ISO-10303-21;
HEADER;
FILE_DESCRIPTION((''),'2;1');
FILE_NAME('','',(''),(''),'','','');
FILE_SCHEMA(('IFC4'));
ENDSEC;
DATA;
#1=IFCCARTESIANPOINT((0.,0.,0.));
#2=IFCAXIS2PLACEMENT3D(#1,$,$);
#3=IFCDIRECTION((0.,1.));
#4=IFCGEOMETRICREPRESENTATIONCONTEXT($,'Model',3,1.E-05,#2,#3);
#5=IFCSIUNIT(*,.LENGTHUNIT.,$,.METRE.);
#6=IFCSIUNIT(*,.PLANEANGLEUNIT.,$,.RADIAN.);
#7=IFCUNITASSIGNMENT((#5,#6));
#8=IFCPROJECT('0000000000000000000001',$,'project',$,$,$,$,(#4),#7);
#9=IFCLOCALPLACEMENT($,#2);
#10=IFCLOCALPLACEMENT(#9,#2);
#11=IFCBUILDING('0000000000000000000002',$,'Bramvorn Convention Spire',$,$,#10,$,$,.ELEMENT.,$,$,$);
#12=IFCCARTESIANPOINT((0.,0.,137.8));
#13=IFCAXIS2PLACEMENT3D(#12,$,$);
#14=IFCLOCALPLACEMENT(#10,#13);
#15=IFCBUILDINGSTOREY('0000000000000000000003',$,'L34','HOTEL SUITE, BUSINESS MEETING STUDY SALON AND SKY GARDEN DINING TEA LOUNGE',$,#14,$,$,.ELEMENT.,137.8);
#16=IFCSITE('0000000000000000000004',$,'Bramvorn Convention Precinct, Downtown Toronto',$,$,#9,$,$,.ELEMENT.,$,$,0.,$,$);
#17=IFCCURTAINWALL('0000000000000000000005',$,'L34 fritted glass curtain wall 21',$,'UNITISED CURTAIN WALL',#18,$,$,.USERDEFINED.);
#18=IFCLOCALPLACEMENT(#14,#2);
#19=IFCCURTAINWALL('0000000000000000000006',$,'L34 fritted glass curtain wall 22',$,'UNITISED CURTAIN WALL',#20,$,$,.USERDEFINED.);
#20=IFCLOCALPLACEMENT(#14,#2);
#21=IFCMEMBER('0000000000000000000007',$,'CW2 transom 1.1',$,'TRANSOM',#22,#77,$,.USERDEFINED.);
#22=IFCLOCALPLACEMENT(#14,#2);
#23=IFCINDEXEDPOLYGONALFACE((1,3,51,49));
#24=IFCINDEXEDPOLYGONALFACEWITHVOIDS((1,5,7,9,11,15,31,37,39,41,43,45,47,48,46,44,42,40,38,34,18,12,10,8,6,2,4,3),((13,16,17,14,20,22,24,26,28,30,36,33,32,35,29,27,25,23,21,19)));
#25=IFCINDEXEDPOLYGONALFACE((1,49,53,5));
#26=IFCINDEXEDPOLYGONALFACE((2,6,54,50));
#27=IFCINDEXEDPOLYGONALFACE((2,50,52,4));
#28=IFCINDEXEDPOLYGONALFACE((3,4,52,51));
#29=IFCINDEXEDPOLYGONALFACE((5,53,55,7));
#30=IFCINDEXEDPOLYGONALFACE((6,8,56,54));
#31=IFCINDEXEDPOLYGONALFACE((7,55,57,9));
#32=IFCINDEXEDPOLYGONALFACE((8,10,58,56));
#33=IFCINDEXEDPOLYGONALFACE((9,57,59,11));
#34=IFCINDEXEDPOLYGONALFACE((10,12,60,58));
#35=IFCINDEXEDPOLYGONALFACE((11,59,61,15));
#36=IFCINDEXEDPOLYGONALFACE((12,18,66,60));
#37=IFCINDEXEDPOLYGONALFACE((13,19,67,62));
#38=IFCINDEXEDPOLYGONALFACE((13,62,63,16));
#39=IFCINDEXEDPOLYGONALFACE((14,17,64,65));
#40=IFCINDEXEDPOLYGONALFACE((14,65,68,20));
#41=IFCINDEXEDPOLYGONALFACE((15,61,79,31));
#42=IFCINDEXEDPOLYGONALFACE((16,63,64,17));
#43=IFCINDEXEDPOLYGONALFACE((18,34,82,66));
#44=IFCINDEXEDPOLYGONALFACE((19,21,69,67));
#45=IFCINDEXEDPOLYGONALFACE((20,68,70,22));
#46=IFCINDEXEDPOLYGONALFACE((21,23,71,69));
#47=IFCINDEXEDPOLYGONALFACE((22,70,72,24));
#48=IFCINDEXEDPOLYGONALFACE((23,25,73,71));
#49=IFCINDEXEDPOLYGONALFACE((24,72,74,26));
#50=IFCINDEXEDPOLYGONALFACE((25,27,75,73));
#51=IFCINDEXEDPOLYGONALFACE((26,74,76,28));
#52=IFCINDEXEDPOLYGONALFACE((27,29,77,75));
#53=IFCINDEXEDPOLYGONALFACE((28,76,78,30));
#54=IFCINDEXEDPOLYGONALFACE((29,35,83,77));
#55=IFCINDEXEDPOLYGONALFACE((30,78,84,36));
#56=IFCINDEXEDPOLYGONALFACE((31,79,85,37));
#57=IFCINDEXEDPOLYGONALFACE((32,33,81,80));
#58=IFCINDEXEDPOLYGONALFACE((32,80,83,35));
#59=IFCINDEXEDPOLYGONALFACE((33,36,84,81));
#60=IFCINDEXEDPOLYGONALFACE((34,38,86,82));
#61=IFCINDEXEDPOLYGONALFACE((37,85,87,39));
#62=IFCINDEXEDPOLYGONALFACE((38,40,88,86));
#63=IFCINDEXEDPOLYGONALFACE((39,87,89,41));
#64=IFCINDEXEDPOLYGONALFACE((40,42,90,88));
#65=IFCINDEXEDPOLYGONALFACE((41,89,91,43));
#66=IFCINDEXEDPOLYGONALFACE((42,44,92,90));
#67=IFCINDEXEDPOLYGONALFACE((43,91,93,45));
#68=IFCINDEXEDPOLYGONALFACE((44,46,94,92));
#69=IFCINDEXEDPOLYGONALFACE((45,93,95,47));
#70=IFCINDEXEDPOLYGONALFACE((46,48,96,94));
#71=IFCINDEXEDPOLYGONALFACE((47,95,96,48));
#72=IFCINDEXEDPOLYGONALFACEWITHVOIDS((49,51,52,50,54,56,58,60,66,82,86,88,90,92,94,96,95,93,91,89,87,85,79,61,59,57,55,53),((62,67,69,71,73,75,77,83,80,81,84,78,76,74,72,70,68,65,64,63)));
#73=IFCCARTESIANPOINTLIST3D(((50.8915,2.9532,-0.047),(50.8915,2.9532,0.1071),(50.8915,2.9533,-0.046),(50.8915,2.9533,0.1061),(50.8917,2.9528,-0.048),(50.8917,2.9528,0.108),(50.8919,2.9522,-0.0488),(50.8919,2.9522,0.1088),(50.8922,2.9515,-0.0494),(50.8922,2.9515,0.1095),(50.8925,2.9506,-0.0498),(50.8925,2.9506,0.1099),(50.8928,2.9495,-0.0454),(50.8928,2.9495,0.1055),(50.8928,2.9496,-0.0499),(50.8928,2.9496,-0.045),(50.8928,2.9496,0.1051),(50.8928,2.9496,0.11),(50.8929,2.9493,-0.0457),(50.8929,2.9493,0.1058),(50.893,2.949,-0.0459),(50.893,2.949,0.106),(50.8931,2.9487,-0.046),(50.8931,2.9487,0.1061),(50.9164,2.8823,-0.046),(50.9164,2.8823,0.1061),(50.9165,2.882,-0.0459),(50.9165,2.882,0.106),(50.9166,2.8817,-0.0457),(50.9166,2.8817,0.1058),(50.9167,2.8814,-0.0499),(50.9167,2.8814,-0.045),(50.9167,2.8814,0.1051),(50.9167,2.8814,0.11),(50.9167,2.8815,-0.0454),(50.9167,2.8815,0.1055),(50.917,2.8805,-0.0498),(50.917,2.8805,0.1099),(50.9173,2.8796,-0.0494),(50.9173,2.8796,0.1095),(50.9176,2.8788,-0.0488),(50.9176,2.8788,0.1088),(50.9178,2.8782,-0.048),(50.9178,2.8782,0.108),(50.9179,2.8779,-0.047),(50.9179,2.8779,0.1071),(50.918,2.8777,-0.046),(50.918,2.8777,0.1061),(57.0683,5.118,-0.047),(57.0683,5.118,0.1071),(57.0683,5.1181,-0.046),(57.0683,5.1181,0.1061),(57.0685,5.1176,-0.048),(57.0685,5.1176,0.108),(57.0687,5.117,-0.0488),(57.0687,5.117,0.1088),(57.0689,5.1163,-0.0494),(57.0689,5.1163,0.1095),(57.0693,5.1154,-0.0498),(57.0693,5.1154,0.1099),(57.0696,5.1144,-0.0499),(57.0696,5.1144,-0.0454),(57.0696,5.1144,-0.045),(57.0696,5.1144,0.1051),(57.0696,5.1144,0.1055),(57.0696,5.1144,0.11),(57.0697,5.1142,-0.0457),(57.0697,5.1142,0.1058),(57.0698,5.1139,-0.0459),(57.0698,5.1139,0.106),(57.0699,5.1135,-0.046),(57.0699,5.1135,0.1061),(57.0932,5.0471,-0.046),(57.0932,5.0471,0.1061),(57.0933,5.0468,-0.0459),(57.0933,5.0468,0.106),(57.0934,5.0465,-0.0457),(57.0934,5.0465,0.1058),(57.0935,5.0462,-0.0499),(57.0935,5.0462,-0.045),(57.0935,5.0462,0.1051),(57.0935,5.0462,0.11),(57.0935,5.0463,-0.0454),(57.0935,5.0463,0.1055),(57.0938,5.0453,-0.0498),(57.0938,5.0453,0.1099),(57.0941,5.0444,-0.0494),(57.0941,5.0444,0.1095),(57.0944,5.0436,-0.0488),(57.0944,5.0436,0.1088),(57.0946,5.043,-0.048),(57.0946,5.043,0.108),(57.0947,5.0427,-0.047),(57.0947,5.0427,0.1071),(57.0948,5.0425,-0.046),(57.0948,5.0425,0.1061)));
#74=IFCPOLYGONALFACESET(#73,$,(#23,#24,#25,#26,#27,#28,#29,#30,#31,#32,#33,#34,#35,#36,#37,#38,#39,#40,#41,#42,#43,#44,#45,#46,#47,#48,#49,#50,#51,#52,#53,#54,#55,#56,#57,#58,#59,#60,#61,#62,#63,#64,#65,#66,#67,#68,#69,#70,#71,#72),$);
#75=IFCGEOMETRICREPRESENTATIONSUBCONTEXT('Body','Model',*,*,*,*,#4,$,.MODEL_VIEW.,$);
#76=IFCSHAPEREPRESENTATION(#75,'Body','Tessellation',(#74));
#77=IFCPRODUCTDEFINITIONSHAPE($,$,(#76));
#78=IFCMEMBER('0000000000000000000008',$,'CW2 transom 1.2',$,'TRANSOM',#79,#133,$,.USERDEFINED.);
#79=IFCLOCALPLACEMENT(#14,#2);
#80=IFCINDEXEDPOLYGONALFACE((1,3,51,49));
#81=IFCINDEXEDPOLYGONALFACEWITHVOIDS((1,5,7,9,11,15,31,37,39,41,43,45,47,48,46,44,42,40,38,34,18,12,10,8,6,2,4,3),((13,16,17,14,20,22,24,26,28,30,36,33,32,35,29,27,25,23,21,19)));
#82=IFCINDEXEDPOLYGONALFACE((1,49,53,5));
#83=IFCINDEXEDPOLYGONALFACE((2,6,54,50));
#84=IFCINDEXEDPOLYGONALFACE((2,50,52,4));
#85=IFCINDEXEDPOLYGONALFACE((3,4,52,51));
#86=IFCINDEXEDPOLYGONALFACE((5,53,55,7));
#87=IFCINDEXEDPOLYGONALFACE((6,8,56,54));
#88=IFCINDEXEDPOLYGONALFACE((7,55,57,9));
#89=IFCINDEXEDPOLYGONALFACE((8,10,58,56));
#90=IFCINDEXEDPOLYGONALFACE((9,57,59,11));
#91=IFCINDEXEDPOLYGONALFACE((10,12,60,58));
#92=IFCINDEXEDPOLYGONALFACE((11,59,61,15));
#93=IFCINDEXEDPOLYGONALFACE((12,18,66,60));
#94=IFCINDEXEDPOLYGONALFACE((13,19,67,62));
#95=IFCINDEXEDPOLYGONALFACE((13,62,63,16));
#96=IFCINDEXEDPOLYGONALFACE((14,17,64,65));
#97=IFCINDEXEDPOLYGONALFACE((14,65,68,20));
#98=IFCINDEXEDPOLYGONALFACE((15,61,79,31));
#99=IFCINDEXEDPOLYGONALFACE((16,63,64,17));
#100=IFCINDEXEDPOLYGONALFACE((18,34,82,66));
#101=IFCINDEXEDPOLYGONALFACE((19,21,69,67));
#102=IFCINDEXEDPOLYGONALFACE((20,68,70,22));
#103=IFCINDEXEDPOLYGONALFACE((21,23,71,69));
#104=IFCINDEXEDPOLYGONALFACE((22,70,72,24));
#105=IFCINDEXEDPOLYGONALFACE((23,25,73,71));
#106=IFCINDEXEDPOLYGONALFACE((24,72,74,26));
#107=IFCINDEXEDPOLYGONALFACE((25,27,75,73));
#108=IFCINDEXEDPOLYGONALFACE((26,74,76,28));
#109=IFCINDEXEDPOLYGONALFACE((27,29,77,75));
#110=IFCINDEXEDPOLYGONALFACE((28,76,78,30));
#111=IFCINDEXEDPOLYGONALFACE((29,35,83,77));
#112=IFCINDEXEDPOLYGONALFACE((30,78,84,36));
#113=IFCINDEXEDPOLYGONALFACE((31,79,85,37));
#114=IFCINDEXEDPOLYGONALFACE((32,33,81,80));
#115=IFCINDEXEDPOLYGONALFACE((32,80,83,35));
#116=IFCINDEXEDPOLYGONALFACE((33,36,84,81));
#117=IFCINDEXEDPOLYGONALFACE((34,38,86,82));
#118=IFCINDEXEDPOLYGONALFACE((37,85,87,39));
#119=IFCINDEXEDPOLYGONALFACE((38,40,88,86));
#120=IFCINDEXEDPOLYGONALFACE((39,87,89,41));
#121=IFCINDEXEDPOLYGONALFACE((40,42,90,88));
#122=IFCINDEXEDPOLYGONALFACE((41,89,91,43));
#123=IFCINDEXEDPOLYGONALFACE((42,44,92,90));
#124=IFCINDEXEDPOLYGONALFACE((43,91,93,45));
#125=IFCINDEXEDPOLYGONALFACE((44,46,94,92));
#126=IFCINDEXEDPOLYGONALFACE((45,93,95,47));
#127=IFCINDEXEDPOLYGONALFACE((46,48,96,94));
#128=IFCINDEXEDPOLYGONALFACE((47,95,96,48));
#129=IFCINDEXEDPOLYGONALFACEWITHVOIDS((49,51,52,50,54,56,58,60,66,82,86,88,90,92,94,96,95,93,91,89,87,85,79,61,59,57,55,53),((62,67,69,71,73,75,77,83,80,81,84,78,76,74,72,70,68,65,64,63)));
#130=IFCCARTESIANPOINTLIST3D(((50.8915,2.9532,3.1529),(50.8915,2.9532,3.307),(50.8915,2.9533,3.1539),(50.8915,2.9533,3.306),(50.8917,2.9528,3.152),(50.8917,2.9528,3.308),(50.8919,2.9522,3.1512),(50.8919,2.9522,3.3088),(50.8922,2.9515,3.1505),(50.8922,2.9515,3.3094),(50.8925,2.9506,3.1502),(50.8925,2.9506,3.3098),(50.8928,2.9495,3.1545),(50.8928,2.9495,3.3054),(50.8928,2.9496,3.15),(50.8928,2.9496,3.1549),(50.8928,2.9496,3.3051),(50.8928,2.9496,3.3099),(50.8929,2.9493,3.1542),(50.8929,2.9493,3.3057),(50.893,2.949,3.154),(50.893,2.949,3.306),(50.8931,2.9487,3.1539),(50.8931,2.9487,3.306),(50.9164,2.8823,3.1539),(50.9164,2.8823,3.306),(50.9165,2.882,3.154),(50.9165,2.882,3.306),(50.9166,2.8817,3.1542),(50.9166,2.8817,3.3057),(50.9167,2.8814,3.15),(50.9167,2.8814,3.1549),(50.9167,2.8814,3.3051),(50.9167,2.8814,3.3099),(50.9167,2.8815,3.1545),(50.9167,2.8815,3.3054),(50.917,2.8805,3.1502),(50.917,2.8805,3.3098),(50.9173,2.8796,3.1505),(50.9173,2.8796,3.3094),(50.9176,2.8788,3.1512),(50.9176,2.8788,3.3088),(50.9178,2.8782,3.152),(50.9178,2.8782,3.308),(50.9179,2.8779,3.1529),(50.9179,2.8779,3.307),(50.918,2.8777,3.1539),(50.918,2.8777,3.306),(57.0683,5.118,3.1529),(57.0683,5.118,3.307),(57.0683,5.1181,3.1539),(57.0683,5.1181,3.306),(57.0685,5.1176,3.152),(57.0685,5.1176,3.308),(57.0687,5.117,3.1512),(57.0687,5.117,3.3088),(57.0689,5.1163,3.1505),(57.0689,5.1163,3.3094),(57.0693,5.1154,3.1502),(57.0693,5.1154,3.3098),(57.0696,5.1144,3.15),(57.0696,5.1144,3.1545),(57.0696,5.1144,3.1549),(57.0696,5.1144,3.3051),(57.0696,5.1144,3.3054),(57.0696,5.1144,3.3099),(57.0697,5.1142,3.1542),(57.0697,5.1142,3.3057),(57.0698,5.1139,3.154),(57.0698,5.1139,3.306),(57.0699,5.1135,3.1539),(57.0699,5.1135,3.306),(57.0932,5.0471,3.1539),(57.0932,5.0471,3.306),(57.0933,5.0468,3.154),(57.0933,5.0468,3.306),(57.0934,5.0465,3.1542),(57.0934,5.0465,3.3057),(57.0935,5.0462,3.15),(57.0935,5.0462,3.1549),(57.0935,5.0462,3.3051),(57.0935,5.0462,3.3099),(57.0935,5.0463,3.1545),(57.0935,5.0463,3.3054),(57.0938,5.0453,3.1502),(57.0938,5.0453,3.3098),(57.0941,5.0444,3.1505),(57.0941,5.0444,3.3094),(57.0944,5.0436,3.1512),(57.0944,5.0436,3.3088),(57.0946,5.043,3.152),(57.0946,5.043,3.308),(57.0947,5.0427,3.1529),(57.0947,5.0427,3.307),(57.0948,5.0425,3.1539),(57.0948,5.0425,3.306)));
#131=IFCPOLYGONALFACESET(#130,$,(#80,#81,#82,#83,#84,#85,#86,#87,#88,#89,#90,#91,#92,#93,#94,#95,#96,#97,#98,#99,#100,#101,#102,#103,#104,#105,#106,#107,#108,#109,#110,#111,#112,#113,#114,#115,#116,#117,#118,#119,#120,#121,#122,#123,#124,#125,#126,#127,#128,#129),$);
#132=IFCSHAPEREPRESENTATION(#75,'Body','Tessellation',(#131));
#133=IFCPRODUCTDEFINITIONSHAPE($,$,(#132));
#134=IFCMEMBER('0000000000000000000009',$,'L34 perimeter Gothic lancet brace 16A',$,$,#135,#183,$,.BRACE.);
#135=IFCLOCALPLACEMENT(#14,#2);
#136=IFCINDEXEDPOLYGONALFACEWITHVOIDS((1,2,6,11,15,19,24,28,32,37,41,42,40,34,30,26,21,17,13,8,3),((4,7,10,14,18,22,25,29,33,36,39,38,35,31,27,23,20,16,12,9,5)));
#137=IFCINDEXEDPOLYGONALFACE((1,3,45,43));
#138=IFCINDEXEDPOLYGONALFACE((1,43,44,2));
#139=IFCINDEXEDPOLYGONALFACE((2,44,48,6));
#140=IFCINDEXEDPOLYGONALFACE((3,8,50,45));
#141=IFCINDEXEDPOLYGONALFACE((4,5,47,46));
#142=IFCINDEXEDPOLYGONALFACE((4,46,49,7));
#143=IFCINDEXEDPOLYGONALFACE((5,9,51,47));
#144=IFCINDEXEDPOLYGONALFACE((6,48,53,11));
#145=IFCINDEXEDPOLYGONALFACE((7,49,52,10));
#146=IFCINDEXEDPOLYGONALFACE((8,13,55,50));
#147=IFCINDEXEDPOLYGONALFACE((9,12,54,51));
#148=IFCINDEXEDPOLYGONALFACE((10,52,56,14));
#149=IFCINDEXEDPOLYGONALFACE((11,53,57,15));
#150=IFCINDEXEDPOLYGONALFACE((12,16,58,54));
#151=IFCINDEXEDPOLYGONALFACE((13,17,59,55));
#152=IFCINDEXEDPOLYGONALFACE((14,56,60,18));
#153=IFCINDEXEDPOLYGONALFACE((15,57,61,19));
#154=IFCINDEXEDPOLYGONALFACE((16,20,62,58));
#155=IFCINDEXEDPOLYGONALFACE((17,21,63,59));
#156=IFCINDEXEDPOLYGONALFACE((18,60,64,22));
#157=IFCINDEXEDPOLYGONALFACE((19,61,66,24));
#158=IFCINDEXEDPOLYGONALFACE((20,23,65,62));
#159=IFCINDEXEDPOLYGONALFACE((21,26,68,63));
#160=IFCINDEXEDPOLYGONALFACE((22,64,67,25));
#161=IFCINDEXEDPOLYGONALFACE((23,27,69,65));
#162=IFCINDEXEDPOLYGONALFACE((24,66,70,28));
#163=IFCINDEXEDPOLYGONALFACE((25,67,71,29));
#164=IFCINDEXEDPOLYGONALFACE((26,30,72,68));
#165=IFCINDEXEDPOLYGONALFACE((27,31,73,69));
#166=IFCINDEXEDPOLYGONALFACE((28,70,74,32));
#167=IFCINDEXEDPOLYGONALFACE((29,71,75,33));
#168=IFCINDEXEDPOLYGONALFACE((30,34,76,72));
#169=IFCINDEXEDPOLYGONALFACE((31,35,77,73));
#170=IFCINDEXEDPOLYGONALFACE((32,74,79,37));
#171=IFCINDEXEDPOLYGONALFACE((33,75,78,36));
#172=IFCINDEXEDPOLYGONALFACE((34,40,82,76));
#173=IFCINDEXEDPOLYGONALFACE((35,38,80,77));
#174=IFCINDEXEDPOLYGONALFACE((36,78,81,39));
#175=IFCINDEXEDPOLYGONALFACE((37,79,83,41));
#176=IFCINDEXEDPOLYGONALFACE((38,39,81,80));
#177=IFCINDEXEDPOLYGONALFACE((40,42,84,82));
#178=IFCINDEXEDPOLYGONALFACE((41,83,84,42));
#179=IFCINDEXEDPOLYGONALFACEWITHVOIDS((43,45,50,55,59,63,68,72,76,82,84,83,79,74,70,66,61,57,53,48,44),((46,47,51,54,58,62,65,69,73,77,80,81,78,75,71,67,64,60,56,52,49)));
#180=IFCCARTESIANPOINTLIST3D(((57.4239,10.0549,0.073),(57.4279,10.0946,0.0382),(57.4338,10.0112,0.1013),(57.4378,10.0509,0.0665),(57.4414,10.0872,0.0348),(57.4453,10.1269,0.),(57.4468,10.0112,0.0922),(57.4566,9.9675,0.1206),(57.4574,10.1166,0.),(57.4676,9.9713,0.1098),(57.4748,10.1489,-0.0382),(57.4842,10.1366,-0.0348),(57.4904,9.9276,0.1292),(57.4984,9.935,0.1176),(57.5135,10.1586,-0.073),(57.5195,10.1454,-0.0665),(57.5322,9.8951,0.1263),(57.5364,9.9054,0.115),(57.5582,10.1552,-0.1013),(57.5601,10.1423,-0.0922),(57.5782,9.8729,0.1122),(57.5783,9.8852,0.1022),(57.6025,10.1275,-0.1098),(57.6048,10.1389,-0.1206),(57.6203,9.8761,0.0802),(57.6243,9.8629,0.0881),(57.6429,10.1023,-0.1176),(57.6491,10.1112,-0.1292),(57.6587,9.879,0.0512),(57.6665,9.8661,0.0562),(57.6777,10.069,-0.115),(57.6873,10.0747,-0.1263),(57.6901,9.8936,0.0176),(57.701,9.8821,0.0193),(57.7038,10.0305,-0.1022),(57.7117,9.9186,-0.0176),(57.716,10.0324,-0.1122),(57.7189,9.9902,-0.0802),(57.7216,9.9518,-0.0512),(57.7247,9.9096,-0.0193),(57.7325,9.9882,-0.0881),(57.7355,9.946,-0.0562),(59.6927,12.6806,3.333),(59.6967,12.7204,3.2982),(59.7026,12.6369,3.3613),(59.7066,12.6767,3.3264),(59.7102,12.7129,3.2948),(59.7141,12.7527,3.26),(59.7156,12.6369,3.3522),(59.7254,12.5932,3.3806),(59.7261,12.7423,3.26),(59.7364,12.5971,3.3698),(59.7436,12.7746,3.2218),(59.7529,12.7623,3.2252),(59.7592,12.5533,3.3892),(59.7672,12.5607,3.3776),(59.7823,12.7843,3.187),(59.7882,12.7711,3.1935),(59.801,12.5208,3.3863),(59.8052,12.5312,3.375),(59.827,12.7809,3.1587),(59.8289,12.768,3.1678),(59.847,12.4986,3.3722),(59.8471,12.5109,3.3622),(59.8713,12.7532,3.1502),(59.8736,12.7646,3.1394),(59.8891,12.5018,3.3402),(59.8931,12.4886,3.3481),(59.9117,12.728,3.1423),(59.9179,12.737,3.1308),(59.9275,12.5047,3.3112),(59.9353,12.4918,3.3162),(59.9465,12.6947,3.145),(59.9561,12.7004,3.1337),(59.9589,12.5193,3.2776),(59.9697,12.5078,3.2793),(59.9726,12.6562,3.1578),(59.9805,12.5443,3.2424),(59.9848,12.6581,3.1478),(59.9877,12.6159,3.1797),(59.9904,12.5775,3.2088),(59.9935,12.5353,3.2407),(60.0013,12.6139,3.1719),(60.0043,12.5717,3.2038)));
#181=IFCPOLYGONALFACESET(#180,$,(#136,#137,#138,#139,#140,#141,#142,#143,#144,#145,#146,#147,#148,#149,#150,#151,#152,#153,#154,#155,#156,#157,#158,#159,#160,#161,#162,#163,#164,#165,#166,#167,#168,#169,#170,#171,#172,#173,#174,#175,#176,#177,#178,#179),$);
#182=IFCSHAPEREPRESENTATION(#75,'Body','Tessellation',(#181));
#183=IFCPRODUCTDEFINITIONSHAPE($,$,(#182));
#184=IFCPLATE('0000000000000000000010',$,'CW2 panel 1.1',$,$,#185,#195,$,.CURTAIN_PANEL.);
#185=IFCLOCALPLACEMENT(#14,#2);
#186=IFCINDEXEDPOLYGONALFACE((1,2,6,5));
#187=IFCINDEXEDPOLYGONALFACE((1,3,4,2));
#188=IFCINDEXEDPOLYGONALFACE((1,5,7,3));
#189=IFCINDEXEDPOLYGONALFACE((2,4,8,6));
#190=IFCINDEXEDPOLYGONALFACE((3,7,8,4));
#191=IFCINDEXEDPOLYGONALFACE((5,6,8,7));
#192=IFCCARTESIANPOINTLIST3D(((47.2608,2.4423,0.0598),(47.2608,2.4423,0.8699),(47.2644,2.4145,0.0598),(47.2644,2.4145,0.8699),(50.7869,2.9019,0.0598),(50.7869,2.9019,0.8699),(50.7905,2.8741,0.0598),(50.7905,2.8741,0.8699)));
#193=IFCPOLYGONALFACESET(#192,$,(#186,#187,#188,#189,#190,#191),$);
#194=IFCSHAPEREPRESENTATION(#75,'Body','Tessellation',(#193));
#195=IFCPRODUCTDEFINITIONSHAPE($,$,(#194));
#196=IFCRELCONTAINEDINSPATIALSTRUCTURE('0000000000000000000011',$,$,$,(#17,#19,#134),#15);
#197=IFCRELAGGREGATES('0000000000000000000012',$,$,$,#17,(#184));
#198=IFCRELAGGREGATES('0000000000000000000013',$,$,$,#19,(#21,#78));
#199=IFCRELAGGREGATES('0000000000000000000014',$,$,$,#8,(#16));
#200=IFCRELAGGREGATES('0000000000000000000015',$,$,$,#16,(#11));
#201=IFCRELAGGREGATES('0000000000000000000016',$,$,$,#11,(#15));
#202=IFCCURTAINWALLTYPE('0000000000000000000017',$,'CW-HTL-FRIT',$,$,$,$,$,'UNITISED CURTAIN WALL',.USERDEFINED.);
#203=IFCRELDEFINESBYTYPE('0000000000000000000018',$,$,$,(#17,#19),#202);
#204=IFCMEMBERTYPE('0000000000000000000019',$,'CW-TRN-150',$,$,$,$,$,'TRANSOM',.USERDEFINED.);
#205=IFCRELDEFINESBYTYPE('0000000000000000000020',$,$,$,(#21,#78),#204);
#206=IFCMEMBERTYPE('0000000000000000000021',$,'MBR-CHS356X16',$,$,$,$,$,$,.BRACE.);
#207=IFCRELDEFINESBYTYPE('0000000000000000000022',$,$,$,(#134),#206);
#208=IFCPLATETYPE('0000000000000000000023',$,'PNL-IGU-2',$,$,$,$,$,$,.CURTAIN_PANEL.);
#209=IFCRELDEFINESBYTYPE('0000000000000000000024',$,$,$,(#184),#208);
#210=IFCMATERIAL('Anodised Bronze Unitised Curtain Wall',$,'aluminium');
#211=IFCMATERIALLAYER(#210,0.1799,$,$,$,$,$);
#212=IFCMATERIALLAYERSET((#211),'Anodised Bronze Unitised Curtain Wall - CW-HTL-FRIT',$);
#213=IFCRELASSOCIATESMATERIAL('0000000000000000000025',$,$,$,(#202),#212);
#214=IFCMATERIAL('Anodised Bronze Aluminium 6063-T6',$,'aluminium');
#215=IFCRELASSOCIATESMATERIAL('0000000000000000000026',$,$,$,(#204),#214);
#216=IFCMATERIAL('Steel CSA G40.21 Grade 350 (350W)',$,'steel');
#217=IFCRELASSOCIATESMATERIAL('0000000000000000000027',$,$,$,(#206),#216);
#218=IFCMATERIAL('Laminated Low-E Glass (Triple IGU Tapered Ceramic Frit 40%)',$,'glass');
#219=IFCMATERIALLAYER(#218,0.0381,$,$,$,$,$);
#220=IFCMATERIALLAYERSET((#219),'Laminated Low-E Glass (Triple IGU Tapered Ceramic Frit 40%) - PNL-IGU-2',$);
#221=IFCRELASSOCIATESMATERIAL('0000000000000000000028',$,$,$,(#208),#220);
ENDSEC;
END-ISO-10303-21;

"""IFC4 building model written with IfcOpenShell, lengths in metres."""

from ifc_helpers import new_model, si_unit, direction, frame, origin, origin_2d, place, context, subcontext, project, spatial, rectangle, hollow_rectangle, hollow_circle, extrude, material, layer, layer_set, material_profile, profile_set, type_object, element, aggregate, save


model = new_model("IFC4")

# Units and contexts
model_context = context("Model", 3, precision=1e-05, world=origin(), true_north=direction((0.0, 1.0)))
body_context = subcontext(model_context, "Body", "Model", "MODEL_VIEW")
ifc_project = project(units=[si_unit("LENGTHUNIT", "METRE"), si_unit("PLANEANGLEUNIT", "RADIAN")], contexts=[model_context])

# Site, building, storey
site_placement = place(None, origin())
site = spatial("IfcSite", under=ifc_project, at=site_placement, Name="Bramvorn Convention Precinct, Downtown Toronto", CompositionType="ELEMENT", RefElevation=0.0)
building_placement = place(site_placement, origin())
building = spatial("IfcBuilding", under=site, at=building_placement, Name="Bramvorn Convention Spire", CompositionType="ELEMENT")
storey_placement = place(building_placement, frame((0.0, 0.0, 137.8)))
storey = spatial("IfcBuildingStorey", under=building, at=storey_placement, Name="L34", Description="HOTEL SUITE, BUSINESS MEETING STUDY SALON AND SKY GARDEN DINING TEA LOUNGE", CompositionType="ELEMENT", Elevation=137.8)

# Shared definitions
ifc_material_1 = material(Name="Steel CSA G40.21 Grade 350 (350W)", Category="steel")

# Curtain wall
ifc_material_2 = material(Name="Anodised Bronze Unitised Curtain Wall", Category="aluminium")
ifc_layer_1 = layer(ifc_material_2, 0.1799)
ifc_layer_set_1 = layer_set([ifc_layer_1], Name="Anodised Bronze Unitised Curtain Wall - CW-HTL-FRIT")
curtain_wall_type = type_object("IfcCurtainWallType", Name="CW-HTL-FRIT", ElementType="UNITISED CURTAIN WALL", PredefinedType="USERDEFINED", material=ifc_layer_set_1)
curtain_wall_1_placement = place(storey_placement, origin())
curtain_wall_1 = element("IfcCurtainWall", 1, at=curtain_wall_1_placement, inside=storey, type_object=curtain_wall_type, Name="L34 fritted glass curtain wall 21", ObjectType="UNITISED CURTAIN WALL", PredefinedType="USERDEFINED")
ifc_material_3 = material(Name="Anodised Bronze Aluminium 6063-T6", Category="aluminium")

# Curtain wall
curtain_wall_2_placement = place(storey_placement, origin())
curtain_wall_2 = element("IfcCurtainWall", 2, at=curtain_wall_2_placement, inside=storey, type_object=curtain_wall_type, Name="L34 fritted glass curtain wall 22", ObjectType="UNITISED CURTAIN WALL", PredefinedType="USERDEFINED")

# Members
ifc_material_profile_1 = material_profile(ifc_material_3, hollow_rectangle(XDim=0.0801, YDim=0.1599, WallThickness=0.0039, InnerFilletRadius=0.001, OuterFilletRadius=0.0039, at=origin_2d()))
ifc_profile_set_1 = profile_set([ifc_material_profile_1], Name="Anodised Bronze Aluminium 6063-T6 - CWT80X160")
member_type_1 = type_object("IfcMemberType", Name="CW-TRN-150", ElementType="TRANSOM", PredefinedType="USERDEFINED", material=ifc_profile_set_1)
member_1_placement = place(storey_placement, frame((57.0815, 5.0803, 0.03), z_axis=(-0.943719, -0.330749, 0.0), x_axis=(0.330749, -0.943719, 0.0)))
member_1 = element("IfcMember", 3, at=member_1_placement, type_object=member_type_1, Name="CW2 transom 1.1", ObjectType="TRANSOM", PredefinedType="USERDEFINED", context=body_context, shape_type="SweptSolid", body=[
    extrude(hollow_rectangle(XDim=0.0801, YDim=0.1599, WallThickness=0.0039, InnerFilletRadius=0.001, OuterFilletRadius=0.0039, at=origin_2d()), origin(), (0.0, 0.0, 1.0), 6.5452),
])
member_2_placement = place(storey_placement, frame((57.0815, 5.0803, 3.23), z_axis=(-0.943719, -0.330749, 0.0), x_axis=(0.330749, -0.943719, 0.0)))
member_2 = element("IfcMember", 4, at=member_2_placement, type_object=member_type_1, Name="CW2 transom 1.2", ObjectType="TRANSOM", PredefinedType="USERDEFINED", context=body_context, shape_type="SweptSolid", body=[
    extrude(hollow_rectangle(XDim=0.0801, YDim=0.1599, WallThickness=0.0039, InnerFilletRadius=0.001, OuterFilletRadius=0.0039, at=origin_2d()), origin(), (0.0, 0.0, 1.0), 6.5452),
])
ifc_material_profile_2 = material_profile(ifc_material_1, hollow_circle(Radius=0.1777, WallThickness=0.0159, at=origin_2d()))
ifc_profile_set_2 = profile_set([ifc_material_profile_2], Name="Steel CSA G40.21 Grade 350 (350W) - CHS356X16")
member_type_2 = type_object("IfcMemberType", Name="MBR-CHS356X16", PredefinedType="BRACE", material=ifc_profile_set_2)
member_3_placement = place(storey_placement, frame((57.5798, 10.0107, 0.0), z_axis=(0.476512, 0.551479, 0.684695), x_axis=(-0.756663, 0.653805, 0.0)))
element("IfcMember", 5, at=member_3_placement, inside=storey, type_object=member_type_2, Name="L34 perimeter Gothic lancet brace 16A", PredefinedType="BRACE", context=body_context, shape_type="SweptSolid", body=[
    extrude(hollow_circle(Radius=0.1777, WallThickness=0.0159, at=origin_2d()), origin(), (0.0, 0.0, 1.0), 4.7612),
])

# Plate
ifc_material_4 = material(Name="Laminated Low-E Glass (Triple IGU Tapered Ceramic Frit 40%)", Category="glass")
ifc_layer_2 = layer(ifc_material_4, 0.0381)
ifc_layer_set_2 = layer_set([ifc_layer_2], Name="Laminated Low-E Glass (Triple IGU Tapered Ceramic Frit 40%) - PNL-IGU-2")
plate_type = type_object("IfcPlateType", Name="PNL-IGU-2", PredefinedType="CURTAIN_PANEL", material=ifc_layer_set_2)
plate_1_placement = place(storey_placement, frame((49.0256, 2.6582, 0.0598), z_axis=(0.0, 0.0, 1.0), x_axis=(-0.991613, -0.12924, 0.0)))
plate_1 = element("IfcPlate", 6, at=plate_1_placement, type_object=plate_type, Name="CW2 panel 1.1", PredefinedType="CURTAIN_PANEL", context=body_context, shape_type="SweptSolid", body=[
    extrude(rectangle(XDim=3.5559, YDim=0.0281, at=origin_2d()), origin(), (0.0, 0.0, 1.0), 0.8101),
])
aggregate(curtain_wall_1, [plate_1])
aggregate(curtain_wall_2, [member_1, member_2])

save(model, "model.ifc")
